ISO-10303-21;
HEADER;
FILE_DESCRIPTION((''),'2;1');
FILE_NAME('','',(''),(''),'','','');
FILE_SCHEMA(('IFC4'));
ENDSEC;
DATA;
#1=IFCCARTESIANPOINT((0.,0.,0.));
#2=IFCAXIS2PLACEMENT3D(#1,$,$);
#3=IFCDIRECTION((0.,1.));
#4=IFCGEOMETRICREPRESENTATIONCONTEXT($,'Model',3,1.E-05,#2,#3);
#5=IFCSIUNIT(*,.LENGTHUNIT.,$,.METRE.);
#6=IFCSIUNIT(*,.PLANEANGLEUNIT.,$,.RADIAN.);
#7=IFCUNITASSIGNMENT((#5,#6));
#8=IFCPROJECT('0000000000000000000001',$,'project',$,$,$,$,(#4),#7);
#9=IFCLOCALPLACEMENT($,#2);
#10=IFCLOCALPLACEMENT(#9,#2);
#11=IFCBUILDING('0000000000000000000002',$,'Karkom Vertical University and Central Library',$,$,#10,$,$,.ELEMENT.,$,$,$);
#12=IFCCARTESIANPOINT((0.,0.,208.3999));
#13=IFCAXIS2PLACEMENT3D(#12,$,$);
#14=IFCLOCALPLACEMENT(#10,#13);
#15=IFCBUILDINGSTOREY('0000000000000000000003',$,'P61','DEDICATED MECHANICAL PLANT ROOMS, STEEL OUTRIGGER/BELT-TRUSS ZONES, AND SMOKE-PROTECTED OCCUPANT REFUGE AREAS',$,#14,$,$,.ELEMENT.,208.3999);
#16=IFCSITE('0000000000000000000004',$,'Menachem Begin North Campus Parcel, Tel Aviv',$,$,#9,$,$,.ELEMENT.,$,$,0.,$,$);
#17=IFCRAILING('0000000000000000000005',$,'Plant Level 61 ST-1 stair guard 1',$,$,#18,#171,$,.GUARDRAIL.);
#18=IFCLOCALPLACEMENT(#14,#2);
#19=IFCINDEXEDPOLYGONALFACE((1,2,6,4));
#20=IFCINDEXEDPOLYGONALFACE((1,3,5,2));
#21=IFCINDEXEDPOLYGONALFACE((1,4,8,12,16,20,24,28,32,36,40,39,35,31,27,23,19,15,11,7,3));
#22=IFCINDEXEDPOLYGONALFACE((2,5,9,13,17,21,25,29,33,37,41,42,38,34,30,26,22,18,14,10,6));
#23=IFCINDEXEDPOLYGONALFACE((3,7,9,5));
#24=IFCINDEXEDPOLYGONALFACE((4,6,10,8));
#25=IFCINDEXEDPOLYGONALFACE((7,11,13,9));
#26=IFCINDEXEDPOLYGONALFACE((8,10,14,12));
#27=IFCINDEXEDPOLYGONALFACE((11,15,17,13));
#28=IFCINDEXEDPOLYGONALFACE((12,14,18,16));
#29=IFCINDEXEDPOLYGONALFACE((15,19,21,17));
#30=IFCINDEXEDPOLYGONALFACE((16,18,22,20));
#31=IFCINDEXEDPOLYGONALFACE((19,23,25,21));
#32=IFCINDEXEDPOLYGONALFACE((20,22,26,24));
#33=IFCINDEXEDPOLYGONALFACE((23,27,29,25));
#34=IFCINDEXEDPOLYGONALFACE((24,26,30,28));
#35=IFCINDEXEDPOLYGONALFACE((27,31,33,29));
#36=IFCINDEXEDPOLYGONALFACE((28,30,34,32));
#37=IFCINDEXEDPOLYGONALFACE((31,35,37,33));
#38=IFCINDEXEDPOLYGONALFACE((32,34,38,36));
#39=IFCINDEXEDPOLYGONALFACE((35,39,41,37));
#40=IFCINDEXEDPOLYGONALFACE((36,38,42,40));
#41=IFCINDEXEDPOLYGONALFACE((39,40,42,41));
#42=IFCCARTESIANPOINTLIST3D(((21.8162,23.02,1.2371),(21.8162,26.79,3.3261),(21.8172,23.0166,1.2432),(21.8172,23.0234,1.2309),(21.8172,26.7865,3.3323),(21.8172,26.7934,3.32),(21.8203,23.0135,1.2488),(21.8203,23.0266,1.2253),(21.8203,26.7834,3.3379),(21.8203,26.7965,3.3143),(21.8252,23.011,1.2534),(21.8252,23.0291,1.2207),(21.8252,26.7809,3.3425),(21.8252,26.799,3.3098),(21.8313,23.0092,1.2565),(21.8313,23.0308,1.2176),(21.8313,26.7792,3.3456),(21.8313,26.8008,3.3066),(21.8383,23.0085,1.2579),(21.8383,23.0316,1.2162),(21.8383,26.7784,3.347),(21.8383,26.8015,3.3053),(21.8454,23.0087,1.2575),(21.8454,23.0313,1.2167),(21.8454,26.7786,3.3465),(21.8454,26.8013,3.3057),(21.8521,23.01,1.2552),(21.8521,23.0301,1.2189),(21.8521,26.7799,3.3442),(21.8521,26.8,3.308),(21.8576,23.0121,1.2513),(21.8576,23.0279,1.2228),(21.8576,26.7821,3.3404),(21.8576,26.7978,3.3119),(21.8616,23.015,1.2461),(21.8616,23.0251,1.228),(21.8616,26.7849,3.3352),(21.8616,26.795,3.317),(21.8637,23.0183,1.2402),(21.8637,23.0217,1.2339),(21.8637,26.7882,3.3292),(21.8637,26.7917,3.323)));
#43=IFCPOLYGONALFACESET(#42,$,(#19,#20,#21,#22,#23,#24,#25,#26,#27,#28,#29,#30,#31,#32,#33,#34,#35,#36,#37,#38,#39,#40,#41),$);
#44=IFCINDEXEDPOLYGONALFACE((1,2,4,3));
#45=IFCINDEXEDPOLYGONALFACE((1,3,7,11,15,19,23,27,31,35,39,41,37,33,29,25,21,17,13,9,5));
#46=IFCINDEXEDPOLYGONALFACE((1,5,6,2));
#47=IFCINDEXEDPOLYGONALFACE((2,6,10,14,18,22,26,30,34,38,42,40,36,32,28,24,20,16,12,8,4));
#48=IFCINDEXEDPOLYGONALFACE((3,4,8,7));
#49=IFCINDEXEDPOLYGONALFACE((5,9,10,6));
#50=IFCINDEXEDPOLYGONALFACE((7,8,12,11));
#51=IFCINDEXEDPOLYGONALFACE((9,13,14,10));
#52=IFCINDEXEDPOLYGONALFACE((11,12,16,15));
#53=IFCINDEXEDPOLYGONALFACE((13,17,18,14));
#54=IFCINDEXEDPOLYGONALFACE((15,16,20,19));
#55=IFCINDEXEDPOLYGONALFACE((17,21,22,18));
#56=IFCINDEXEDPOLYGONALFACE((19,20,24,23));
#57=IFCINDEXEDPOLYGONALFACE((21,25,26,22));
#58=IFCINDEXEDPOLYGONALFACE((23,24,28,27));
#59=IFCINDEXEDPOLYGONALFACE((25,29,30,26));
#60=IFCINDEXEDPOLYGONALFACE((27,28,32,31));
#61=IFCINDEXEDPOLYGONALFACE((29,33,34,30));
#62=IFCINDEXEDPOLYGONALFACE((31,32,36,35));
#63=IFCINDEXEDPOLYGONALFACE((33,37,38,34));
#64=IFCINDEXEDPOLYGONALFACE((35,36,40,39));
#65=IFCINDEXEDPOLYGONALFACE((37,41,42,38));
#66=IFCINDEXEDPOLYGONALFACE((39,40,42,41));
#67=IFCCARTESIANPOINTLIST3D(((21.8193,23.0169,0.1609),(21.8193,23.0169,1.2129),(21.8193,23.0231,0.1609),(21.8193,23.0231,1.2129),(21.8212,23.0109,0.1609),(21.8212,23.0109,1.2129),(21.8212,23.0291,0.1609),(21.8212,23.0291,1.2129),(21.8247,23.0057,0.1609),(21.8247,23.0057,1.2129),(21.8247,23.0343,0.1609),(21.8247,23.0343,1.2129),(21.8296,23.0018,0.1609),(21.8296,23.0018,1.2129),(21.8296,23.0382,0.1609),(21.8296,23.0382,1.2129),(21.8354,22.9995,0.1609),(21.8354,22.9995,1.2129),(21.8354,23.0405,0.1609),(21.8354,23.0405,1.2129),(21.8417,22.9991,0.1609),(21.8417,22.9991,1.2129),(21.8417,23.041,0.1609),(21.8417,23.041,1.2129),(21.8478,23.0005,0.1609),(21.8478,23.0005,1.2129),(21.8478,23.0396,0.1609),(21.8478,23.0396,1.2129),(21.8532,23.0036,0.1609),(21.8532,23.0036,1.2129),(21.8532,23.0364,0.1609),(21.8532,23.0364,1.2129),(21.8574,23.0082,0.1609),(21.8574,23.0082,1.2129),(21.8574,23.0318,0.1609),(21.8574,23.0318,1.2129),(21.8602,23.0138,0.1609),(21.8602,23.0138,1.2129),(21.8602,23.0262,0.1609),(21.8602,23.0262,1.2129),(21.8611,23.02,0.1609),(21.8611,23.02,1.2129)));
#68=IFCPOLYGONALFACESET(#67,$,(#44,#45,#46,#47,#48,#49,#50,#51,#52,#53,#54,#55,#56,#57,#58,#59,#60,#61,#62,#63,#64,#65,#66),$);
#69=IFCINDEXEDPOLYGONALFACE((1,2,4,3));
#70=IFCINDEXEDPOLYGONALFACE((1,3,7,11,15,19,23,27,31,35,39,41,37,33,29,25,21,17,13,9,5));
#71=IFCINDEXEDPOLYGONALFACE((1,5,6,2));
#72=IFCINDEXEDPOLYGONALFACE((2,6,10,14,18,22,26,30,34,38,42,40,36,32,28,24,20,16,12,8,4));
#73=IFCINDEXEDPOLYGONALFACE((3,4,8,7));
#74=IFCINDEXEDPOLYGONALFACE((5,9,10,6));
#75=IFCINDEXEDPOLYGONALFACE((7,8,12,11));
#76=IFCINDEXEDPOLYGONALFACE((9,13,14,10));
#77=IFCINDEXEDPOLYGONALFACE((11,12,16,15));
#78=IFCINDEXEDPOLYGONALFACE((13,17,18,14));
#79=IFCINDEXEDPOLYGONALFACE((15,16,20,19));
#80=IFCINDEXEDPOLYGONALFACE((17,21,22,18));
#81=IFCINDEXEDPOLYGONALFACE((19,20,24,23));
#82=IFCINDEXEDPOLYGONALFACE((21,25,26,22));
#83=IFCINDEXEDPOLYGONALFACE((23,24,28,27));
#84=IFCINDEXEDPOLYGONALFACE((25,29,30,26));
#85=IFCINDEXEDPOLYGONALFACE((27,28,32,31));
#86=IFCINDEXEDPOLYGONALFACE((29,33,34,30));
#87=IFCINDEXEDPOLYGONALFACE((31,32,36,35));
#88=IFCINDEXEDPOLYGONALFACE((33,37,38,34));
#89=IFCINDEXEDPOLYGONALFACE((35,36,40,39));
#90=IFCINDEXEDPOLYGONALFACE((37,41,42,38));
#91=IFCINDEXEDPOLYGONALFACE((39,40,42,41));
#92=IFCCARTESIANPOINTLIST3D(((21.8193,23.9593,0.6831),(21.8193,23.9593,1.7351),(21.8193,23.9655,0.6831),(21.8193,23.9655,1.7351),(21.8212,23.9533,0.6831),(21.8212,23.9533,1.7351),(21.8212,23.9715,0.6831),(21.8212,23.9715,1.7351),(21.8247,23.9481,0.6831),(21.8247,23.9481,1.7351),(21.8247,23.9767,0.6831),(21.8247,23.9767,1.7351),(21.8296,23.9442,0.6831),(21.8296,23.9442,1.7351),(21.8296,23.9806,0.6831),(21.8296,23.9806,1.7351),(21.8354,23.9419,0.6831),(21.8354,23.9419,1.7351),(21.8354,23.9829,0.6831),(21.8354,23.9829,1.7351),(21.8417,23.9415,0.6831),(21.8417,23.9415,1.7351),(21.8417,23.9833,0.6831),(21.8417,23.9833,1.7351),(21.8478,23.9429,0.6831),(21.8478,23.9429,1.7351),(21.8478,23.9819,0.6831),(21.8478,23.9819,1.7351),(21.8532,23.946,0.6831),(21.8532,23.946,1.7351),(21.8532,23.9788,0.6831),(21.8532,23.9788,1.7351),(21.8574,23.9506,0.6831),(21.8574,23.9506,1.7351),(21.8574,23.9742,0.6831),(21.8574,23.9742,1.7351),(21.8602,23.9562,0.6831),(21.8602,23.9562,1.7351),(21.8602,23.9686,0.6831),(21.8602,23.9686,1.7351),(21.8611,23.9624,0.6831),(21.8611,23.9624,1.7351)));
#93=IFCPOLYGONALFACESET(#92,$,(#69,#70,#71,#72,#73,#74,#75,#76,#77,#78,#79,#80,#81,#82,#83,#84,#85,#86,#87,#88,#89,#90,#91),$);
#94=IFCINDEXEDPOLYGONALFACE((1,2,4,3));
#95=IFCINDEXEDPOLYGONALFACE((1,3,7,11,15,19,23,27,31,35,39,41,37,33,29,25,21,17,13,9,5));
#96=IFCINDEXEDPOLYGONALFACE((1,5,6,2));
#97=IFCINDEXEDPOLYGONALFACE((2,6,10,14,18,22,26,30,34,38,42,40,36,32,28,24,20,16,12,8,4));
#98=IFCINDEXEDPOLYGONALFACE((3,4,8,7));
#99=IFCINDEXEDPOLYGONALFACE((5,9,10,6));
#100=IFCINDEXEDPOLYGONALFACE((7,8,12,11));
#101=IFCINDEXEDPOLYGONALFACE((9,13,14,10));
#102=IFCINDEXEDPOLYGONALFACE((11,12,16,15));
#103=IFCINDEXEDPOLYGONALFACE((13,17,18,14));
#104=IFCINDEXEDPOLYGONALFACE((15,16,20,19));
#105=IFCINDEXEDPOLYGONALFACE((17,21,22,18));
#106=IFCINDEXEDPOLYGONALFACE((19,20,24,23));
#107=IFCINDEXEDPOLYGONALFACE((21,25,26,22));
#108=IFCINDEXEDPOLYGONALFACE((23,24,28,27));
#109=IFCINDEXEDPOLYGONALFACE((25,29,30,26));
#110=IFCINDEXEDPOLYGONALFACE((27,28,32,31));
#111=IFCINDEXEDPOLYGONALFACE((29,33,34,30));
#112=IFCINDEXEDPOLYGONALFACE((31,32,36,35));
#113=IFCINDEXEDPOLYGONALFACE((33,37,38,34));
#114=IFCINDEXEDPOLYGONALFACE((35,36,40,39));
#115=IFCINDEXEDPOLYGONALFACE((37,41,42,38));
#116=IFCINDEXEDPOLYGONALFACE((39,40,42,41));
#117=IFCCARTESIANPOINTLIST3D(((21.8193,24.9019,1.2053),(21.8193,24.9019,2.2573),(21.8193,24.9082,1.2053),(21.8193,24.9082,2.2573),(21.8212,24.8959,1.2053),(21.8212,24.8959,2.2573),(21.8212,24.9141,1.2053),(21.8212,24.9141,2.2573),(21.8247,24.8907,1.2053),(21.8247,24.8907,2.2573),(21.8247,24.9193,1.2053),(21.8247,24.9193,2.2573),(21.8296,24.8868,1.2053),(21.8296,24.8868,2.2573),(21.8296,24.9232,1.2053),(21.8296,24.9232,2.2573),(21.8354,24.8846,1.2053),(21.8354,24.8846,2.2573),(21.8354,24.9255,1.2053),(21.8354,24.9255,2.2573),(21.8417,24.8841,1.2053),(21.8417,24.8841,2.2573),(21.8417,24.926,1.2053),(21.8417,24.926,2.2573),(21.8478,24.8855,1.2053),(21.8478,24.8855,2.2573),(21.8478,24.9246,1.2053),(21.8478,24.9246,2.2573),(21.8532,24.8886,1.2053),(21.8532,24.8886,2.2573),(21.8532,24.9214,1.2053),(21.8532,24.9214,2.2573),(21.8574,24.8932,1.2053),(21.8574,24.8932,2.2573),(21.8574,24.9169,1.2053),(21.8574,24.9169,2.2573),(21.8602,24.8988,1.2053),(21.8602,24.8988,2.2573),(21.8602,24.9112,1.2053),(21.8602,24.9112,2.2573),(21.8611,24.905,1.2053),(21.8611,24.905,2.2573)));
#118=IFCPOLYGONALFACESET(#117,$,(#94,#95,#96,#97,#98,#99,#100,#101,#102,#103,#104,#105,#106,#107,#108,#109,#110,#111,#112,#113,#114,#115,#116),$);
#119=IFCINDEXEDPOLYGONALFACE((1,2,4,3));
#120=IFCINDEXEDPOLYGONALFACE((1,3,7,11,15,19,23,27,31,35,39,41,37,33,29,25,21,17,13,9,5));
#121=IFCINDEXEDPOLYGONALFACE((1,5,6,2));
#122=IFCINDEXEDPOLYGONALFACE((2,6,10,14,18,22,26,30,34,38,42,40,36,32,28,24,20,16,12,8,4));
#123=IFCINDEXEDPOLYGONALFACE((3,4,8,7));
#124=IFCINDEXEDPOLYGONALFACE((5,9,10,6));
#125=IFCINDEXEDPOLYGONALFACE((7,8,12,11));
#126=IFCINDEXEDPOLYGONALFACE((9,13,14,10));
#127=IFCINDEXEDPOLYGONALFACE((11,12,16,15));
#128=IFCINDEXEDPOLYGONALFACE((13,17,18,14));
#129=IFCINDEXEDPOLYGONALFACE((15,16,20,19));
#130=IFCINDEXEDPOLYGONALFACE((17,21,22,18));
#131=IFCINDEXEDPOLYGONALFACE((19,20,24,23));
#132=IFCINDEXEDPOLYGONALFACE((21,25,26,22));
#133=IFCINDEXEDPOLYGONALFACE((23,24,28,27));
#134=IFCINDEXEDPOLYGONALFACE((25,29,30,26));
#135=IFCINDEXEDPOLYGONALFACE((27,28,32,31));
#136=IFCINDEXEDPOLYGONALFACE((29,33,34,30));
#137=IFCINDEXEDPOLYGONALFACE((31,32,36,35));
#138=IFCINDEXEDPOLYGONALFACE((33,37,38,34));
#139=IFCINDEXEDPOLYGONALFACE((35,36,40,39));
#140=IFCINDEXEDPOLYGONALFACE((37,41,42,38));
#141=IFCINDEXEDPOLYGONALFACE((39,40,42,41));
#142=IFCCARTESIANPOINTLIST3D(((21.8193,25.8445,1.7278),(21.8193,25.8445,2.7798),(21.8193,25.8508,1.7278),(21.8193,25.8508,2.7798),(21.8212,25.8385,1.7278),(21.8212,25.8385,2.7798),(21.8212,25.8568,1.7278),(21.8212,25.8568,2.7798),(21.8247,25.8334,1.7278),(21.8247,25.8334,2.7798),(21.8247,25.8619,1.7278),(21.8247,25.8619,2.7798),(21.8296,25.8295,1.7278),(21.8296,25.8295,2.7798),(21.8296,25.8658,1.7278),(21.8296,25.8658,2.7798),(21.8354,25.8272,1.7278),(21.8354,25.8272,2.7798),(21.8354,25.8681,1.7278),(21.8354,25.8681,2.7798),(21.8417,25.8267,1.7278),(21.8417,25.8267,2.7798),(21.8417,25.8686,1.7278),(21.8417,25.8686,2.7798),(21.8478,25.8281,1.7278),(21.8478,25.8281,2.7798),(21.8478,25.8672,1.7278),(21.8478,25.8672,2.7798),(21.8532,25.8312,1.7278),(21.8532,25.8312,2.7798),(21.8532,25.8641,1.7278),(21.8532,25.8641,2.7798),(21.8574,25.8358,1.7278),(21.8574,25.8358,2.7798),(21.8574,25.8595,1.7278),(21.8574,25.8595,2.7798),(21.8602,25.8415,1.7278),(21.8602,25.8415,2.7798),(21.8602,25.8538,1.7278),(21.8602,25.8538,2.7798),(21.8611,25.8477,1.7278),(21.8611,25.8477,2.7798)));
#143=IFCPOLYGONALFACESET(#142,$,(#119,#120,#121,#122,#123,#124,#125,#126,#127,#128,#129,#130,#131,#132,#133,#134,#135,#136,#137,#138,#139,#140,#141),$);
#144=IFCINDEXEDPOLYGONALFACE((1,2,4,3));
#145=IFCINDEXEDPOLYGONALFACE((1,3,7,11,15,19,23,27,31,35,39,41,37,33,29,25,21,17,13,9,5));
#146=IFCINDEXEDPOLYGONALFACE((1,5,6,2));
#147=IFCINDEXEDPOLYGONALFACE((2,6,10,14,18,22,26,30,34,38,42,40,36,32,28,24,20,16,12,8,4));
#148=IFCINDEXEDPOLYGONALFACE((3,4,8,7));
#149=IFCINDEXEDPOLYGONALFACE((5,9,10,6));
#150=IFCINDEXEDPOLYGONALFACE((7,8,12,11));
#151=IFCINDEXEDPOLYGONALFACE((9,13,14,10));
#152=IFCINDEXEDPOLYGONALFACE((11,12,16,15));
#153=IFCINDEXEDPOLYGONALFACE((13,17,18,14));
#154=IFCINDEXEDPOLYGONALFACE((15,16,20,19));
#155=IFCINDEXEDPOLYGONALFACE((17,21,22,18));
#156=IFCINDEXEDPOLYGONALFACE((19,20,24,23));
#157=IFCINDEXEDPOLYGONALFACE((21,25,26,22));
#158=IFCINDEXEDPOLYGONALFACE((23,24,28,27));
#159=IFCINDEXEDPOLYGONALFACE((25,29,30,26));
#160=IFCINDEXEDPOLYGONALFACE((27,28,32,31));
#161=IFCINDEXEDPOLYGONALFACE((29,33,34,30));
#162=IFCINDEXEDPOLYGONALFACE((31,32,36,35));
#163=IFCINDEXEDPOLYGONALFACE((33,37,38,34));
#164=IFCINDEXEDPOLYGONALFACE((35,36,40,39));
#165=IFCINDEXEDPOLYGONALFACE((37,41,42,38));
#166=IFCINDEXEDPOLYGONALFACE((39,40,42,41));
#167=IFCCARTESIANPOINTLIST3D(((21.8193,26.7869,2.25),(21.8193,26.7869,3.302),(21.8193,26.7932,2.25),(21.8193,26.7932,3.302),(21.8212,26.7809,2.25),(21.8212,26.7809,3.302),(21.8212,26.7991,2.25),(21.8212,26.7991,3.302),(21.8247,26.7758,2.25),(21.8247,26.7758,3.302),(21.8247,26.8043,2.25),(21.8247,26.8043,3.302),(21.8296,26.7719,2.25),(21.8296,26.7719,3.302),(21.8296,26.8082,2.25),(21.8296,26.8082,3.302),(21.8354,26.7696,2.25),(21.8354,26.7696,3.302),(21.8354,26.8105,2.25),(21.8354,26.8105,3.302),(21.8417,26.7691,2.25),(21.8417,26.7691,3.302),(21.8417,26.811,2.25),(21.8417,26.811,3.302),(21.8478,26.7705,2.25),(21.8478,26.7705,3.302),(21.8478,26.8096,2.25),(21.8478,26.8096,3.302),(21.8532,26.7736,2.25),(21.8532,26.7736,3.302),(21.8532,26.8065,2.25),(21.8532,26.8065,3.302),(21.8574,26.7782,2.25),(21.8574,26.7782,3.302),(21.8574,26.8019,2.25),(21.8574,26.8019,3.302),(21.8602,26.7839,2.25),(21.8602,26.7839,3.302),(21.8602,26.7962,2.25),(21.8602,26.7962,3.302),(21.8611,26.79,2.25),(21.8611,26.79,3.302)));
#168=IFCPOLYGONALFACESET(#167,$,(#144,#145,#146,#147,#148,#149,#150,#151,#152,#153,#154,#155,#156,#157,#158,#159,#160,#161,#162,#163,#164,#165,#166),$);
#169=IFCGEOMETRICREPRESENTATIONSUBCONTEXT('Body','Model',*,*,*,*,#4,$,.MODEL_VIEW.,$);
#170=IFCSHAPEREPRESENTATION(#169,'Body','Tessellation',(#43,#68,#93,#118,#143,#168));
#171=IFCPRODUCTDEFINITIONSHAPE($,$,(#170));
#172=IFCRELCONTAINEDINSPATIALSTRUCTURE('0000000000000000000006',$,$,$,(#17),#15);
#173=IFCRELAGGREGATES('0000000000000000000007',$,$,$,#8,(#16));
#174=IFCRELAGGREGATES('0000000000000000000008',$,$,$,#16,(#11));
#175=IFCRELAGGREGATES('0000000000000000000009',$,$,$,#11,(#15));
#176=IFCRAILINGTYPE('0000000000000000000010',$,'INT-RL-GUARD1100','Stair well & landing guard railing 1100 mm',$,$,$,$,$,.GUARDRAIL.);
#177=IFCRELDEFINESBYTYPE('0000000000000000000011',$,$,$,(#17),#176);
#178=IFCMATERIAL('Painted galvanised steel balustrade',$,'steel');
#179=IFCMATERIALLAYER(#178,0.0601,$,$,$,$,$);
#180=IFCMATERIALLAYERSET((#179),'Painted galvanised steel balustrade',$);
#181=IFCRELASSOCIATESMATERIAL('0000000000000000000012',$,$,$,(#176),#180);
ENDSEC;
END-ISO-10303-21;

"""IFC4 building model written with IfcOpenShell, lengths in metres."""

from ifc_helpers import new_model, si_unit, direction, frame, origin, origin_2d, place, context, subcontext, project, spatial, circle, extrude, material, layer, layer_set, type_object, element, save


model = new_model("IFC4")

# Units and contexts
model_context = context("Model", 3, precision=1e-05, world=origin(), true_north=direction((0.0, 1.0)))
body_context = subcontext(model_context, "Body", "Model", "MODEL_VIEW")
ifc_project = project(units=[si_unit("LENGTHUNIT", "METRE"), si_unit("PLANEANGLEUNIT", "RADIAN")], contexts=[model_context])

# Site, building, storey
site_placement = place(None, origin())
site = spatial("IfcSite", under=ifc_project, at=site_placement, Name="Menachem Begin North Campus Parcel, Tel Aviv", CompositionType="ELEMENT", RefElevation=0.0)
building_placement = place(site_placement, origin())
building = spatial("IfcBuilding", under=site, at=building_placement, Name="Karkom Vertical University and Central Library", CompositionType="ELEMENT")
storey_placement = place(building_placement, frame((0.0, 0.0, 208.3999)))
storey = spatial("IfcBuildingStorey", under=building, at=storey_placement, Name="P61", Description="DEDICATED MECHANICAL PLANT ROOMS, STEEL OUTRIGGER/BELT-TRUSS ZONES, AND SMOKE-PROTECTED OCCUPANT REFUGE AREAS", CompositionType="ELEMENT", Elevation=208.3999)

# Railing
ifc_material_1 = material(Name="Painted galvanised steel balustrade", Category="steel")
ifc_layer_1 = layer(ifc_material_1, 0.0601)
ifc_layer_set_1 = layer_set([ifc_layer_1], Name="Painted galvanised steel balustrade")
railing_type_1 = type_object("IfcRailingType", Name="INT-RL-GUARD1100", Description="Stair well & landing guard railing 1100 mm", PredefinedType="GUARDRAIL", material=ifc_layer_set_1)
railing_1_placement = place(storey_placement, frame((21.8401, 23.02, 0.1609)))
element("IfcRailing", 1, at=railing_1_placement, inside=storey, type_object=railing_type_1, Name="Plant Level 61 ST-1 stair guard 1", PredefinedType="GUARDRAIL", context=body_context, shape_type="SweptSolid", body=[
    extrude(circle(Radius=0.0239, at=origin_2d()), frame((0.0, 0.0, 1.0762), z_axis=(0.0, 0.874683, 0.484695), x_axis=(-1.0, 0.0, 0.0)), (0.0, 0.0, 1.0), 4.3101),
    extrude(circle(Radius=0.021, at=origin_2d()), origin(), (0.0, 0.0, 1.0), 1.052),
    extrude(circle(Radius=0.021, at=origin_2d()), frame((0.0, 0.9424, 0.5222)), (0.0, 0.0, 1.0), 1.052),
    extrude(circle(Radius=0.021, at=origin_2d()), frame((0.0, 1.885, 1.0444)), (0.0, 0.0, 1.0), 1.052),
    extrude(circle(Radius=0.021, at=origin_2d()), frame((0.0, 2.8276, 1.5669)), (0.0, 0.0, 1.0), 1.052),
    extrude(circle(Radius=0.021, at=origin_2d()), frame((0.0, 3.77, 2.0891)), (0.0, 0.0, 1.0), 1.052),
])

save(model, "model.ifc")
